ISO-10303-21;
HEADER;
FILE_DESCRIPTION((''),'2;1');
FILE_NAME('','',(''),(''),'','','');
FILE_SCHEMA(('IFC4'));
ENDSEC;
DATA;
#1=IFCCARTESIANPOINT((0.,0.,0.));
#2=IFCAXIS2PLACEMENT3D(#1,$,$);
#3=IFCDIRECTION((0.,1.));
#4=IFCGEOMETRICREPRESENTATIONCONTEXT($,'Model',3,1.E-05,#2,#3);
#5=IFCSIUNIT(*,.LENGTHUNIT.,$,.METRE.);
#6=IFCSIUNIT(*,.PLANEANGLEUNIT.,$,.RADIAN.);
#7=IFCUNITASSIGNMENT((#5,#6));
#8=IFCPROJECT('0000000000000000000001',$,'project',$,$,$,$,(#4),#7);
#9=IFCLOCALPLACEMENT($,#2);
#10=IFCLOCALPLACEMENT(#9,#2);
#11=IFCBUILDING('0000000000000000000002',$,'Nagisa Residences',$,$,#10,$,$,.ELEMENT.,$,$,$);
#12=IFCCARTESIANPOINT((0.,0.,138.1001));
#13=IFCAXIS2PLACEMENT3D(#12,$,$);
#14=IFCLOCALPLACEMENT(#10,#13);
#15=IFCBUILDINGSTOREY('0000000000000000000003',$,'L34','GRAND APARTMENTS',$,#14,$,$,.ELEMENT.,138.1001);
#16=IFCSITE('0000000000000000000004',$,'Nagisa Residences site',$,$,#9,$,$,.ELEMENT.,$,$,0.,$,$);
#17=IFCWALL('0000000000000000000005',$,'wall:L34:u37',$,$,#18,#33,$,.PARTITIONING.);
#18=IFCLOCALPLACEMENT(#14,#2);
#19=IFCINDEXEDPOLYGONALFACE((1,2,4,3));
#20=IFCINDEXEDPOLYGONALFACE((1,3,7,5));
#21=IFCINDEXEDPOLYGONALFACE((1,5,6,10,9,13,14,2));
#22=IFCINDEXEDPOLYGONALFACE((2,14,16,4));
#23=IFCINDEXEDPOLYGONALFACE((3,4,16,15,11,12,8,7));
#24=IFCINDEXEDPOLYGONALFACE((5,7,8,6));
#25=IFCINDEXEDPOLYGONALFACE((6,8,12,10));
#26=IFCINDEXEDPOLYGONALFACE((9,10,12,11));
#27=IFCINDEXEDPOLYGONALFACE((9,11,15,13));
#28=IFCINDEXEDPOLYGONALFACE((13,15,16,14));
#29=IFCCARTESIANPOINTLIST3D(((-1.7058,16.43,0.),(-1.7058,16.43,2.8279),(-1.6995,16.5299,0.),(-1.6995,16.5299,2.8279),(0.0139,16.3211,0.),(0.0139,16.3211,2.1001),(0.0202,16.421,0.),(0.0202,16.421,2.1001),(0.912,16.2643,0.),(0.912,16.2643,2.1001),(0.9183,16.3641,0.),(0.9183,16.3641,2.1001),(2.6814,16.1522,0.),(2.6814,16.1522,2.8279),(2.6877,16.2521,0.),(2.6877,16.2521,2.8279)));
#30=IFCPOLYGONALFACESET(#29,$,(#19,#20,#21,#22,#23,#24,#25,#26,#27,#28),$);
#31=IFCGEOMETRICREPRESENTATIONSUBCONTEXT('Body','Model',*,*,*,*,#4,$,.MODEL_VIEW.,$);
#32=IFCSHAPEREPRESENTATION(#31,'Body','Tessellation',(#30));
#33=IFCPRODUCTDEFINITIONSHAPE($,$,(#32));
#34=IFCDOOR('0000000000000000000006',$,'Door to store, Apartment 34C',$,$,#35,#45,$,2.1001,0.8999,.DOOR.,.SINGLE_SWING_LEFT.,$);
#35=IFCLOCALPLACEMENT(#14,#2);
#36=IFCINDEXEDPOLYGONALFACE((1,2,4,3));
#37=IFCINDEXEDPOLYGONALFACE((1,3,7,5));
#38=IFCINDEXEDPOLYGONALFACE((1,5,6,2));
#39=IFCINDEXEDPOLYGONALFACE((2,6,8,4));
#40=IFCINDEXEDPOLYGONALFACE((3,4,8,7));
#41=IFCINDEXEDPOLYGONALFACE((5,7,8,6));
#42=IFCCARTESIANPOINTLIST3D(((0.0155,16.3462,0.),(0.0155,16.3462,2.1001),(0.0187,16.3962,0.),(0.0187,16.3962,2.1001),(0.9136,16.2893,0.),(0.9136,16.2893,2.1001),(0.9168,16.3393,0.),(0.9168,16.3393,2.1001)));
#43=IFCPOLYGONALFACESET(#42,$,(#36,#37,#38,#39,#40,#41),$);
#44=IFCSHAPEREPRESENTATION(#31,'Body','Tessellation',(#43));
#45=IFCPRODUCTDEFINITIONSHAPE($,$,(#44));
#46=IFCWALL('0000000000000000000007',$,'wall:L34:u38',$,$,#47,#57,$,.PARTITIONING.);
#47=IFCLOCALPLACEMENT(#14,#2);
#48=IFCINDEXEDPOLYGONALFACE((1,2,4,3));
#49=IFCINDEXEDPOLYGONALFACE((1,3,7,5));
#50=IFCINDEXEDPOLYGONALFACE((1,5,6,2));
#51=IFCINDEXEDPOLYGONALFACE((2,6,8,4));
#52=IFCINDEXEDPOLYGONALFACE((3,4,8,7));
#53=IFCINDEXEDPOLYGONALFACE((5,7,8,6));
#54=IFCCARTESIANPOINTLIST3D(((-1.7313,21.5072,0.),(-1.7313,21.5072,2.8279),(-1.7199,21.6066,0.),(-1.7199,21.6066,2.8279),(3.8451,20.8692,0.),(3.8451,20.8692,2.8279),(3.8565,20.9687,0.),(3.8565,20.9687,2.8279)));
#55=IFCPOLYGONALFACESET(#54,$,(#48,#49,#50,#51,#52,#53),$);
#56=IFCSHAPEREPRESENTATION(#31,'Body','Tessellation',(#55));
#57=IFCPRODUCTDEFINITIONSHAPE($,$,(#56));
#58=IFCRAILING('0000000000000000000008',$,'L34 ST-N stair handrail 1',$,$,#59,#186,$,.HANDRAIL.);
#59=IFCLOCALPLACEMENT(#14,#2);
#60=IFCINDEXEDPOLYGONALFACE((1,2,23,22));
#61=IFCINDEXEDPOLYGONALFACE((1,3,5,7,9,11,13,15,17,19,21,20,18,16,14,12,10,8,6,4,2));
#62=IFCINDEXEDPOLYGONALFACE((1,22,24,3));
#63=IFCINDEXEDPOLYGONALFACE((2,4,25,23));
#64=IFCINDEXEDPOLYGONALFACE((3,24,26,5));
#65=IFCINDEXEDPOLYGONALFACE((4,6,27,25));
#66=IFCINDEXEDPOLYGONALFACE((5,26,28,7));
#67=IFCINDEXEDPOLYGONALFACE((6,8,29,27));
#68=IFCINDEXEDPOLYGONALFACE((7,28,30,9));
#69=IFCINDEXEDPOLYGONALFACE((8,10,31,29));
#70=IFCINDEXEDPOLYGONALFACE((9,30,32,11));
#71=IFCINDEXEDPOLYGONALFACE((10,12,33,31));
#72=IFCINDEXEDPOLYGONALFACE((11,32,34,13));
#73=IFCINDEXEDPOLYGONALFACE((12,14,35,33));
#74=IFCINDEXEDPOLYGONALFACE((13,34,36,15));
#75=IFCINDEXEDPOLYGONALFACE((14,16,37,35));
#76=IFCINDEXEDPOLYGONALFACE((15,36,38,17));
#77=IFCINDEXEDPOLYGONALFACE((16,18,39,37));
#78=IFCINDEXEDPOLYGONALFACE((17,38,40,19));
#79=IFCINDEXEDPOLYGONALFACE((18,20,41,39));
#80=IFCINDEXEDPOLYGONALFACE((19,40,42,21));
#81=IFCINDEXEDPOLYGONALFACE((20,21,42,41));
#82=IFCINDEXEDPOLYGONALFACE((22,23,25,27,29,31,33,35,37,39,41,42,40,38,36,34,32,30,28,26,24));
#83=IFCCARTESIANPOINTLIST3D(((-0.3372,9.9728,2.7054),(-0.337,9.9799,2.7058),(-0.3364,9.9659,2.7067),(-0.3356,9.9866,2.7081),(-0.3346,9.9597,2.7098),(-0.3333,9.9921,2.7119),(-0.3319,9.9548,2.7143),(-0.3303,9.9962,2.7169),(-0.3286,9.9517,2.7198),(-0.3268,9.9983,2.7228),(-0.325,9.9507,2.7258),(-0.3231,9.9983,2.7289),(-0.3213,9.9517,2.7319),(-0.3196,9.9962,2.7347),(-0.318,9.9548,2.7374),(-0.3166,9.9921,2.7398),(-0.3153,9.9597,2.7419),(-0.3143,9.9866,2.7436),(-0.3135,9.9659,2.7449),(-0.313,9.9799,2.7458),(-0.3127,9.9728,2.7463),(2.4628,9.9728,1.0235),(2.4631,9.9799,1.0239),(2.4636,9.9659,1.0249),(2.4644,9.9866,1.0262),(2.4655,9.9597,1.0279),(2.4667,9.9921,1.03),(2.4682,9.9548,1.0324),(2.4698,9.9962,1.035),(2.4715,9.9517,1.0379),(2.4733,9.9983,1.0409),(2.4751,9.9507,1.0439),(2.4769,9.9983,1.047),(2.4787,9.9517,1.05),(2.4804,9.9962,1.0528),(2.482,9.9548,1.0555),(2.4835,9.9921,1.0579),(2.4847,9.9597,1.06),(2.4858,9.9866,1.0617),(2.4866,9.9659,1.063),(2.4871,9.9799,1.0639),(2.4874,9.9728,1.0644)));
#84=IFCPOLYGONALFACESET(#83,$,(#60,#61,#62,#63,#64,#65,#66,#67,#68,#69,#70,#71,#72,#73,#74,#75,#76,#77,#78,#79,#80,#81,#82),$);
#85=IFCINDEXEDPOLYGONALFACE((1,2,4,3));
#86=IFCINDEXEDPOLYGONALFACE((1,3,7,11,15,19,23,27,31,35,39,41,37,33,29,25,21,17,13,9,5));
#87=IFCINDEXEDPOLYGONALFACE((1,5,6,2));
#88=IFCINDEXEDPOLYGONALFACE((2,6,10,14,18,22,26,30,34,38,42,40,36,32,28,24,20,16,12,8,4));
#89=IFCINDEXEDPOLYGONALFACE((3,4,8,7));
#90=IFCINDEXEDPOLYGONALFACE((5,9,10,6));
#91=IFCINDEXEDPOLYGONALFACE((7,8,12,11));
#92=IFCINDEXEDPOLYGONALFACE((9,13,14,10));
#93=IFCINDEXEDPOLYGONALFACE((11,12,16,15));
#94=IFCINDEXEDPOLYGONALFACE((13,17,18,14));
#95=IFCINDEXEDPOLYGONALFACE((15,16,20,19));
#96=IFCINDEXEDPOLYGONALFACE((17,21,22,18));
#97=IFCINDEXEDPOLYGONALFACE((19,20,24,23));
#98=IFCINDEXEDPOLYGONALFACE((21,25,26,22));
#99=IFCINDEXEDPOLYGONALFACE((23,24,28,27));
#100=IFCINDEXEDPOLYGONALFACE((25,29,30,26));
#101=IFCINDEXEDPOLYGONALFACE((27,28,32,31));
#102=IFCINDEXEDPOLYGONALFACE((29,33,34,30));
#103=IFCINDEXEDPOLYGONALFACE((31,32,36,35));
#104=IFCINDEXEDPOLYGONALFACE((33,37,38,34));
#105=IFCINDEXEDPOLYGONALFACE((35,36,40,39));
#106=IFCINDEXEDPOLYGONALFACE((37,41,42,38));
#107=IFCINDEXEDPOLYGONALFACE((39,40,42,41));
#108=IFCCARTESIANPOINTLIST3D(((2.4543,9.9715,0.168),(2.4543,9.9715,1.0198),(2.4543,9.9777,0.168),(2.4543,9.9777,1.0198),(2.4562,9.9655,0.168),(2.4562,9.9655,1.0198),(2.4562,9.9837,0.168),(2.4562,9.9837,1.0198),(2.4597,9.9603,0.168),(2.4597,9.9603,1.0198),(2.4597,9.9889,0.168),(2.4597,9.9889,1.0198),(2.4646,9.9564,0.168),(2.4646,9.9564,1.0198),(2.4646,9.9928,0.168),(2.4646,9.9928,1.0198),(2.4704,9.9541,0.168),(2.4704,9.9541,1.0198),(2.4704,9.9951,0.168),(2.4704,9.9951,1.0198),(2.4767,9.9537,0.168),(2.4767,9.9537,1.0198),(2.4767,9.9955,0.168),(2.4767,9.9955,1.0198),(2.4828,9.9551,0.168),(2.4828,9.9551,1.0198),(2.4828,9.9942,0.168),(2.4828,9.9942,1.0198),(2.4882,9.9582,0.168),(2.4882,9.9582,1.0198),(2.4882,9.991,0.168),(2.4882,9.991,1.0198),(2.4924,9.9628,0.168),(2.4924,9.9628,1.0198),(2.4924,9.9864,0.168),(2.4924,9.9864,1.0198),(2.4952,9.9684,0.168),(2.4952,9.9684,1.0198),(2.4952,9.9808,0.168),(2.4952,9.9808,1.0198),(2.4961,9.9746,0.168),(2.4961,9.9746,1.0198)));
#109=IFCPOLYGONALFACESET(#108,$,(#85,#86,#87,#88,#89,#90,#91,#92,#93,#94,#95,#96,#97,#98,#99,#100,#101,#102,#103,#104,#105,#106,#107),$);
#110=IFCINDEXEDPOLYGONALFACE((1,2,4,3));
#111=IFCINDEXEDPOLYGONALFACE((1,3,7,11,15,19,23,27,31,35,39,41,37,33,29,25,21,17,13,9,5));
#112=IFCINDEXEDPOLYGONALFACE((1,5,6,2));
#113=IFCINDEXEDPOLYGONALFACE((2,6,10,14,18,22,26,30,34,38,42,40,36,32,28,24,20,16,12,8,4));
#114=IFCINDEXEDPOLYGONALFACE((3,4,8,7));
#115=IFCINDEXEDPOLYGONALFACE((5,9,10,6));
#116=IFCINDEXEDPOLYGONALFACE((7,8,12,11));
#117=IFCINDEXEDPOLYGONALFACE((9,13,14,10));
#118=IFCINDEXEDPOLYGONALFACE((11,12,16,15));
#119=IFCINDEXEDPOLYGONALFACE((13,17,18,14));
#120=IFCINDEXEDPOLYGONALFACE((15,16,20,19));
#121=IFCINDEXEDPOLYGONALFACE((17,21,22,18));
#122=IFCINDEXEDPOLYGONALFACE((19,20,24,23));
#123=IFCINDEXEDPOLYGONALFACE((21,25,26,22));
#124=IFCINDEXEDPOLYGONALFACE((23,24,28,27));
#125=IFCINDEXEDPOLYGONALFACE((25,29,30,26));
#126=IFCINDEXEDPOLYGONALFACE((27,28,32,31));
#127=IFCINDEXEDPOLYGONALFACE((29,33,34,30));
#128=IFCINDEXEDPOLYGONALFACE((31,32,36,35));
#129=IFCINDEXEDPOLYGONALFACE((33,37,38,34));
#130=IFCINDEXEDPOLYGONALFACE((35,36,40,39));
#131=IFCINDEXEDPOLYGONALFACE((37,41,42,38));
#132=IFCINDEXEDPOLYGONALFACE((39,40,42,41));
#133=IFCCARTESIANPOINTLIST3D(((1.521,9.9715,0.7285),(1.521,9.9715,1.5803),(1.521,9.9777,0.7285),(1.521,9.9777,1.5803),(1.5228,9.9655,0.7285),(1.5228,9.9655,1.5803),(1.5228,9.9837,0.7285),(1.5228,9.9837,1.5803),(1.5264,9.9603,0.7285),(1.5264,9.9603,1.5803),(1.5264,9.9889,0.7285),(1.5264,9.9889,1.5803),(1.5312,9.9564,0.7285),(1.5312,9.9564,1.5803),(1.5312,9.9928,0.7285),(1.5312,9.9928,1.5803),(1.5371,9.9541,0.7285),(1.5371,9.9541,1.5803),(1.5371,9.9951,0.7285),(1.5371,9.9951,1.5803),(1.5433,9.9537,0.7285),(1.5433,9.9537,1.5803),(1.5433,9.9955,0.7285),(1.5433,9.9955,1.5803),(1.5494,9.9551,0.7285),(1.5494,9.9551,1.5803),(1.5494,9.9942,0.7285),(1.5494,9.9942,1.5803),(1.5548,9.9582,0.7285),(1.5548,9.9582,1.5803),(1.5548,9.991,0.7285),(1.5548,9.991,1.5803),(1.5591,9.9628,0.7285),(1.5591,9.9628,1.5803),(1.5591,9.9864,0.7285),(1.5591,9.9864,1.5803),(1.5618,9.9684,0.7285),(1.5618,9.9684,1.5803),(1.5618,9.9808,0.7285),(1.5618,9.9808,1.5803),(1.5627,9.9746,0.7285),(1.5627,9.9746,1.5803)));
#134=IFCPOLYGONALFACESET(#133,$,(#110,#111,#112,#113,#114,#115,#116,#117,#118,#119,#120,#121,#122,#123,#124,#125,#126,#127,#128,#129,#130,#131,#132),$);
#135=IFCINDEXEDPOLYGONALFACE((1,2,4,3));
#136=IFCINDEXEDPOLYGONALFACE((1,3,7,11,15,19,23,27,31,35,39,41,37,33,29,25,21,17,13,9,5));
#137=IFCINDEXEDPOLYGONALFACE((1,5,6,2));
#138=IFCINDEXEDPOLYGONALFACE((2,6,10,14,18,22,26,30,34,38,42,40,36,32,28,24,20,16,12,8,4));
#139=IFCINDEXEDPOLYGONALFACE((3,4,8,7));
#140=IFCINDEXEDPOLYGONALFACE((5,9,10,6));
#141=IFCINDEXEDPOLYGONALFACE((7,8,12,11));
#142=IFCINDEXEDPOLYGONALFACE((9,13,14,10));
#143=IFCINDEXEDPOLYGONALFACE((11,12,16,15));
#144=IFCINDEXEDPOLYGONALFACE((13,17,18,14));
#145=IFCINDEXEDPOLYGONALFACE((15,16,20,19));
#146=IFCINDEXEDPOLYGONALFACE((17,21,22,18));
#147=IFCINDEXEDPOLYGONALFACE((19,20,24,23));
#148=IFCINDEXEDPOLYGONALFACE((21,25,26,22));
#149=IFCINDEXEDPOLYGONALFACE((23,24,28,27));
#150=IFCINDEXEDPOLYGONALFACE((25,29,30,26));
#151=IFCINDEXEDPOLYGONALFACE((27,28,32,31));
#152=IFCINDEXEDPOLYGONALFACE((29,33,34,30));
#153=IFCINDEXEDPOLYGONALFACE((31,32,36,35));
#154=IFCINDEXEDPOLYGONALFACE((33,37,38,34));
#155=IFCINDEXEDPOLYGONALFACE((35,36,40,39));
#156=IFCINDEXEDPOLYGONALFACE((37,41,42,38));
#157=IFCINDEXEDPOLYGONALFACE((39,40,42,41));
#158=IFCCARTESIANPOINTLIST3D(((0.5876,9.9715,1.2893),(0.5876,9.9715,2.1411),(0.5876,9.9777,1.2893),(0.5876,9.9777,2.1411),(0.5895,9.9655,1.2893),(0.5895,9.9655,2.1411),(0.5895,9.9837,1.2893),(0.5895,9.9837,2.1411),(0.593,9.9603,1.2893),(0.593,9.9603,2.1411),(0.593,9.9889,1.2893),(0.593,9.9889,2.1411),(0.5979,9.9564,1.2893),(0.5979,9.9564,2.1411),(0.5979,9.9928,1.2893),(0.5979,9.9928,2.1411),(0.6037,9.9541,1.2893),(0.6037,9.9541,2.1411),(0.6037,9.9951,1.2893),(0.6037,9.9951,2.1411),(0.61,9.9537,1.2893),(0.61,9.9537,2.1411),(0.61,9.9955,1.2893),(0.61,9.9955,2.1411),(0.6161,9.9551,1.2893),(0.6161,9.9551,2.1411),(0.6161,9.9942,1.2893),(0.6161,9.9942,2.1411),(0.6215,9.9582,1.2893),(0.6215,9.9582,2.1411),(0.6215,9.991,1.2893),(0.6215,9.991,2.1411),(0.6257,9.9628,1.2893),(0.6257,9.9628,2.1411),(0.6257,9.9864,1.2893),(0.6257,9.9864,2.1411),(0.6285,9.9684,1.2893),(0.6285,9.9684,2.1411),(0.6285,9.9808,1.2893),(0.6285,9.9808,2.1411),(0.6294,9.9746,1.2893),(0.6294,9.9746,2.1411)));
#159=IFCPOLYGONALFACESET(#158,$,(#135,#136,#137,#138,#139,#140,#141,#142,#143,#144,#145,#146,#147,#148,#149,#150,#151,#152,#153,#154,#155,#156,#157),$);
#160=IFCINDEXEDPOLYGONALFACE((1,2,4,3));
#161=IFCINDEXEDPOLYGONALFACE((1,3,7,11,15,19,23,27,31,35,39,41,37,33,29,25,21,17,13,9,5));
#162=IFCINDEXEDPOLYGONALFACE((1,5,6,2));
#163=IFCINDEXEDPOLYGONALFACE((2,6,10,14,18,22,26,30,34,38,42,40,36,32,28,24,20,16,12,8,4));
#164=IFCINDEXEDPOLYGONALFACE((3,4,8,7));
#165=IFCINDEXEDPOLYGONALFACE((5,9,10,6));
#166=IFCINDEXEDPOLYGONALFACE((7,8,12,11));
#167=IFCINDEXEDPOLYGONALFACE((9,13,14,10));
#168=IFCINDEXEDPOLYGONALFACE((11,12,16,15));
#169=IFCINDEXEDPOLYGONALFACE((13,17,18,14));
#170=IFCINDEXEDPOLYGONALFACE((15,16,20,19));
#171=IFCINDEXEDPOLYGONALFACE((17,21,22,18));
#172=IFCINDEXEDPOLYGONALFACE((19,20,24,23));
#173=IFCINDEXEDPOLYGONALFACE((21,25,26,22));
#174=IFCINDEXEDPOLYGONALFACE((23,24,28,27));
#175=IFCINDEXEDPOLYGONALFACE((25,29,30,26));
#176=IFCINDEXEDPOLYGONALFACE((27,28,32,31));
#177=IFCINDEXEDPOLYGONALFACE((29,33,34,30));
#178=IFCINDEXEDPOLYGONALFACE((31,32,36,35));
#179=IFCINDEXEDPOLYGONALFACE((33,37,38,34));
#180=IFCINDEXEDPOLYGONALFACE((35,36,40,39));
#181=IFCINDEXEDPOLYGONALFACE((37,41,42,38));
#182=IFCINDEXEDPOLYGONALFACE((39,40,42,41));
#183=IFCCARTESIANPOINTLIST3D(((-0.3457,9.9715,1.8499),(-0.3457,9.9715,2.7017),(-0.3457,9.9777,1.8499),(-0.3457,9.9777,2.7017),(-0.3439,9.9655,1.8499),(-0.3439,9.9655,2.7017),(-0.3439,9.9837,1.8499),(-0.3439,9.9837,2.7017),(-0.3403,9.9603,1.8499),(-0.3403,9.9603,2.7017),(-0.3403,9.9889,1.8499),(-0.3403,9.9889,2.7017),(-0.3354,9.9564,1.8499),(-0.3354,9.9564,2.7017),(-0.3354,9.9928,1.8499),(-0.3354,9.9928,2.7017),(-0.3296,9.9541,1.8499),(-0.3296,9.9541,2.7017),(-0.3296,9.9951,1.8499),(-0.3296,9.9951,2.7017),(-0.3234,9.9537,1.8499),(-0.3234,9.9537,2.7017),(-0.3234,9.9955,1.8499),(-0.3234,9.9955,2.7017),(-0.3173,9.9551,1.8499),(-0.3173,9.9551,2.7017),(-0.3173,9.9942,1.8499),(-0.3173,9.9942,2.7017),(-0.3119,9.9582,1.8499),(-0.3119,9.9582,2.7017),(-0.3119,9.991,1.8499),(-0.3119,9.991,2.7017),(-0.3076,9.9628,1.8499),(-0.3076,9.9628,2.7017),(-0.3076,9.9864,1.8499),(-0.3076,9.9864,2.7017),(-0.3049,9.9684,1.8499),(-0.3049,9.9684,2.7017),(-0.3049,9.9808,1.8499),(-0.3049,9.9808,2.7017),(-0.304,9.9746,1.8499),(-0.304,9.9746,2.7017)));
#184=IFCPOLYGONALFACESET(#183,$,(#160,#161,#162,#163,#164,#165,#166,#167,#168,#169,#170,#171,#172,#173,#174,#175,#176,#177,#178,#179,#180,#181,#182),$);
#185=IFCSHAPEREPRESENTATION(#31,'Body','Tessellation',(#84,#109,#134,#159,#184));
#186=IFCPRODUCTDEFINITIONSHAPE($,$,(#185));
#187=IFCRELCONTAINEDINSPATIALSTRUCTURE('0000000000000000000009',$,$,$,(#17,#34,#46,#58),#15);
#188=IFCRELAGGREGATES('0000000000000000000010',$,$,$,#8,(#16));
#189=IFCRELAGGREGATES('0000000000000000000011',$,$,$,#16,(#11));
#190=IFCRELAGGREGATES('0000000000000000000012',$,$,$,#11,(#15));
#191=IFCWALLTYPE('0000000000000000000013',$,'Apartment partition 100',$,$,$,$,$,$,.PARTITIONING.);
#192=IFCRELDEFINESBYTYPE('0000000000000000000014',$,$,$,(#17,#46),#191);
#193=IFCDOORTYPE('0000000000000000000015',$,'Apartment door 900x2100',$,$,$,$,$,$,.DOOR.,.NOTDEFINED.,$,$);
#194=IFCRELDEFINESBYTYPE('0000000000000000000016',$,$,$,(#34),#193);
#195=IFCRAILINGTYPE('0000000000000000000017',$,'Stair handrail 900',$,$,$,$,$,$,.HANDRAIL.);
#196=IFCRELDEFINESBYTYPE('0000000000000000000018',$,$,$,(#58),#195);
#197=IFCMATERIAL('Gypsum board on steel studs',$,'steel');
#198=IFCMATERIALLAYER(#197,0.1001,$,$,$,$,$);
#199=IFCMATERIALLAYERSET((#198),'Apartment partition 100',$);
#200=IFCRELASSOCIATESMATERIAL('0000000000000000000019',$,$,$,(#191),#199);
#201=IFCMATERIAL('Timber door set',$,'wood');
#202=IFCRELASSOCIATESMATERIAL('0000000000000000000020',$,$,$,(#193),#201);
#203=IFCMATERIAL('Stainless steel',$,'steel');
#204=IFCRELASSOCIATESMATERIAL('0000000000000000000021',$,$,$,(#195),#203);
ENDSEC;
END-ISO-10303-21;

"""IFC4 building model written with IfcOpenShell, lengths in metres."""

from ifc_helpers import new_model, si_unit, direction, frame, frame_2d, origin, origin_2d, place, context, subcontext, project, spatial, rectangle, circle, extrude, material, layer, layer_set, type_object, element, fill, save


model = new_model("IFC4")

# Units and contexts
model_context = context("Model", 3, precision=1e-05, world=origin(), true_north=direction((0.0, 1.0)))
body_context = subcontext(model_context, "Body", "Model", "MODEL_VIEW")
ifc_project = project(units=[si_unit("LENGTHUNIT", "METRE"), si_unit("PLANEANGLEUNIT", "RADIAN")], contexts=[model_context])

# Site, building, storey
site_placement = place(None, origin())
site = spatial("IfcSite", under=ifc_project, at=site_placement, Name="Nagisa Residences site", CompositionType="ELEMENT", RefElevation=0.0)
building_placement = place(site_placement, origin())
building = spatial("IfcBuilding", under=site, at=building_placement, Name="Nagisa Residences", CompositionType="ELEMENT")
storey_placement = place(building_placement, frame((0.0, 0.0, 138.1001)))
storey = spatial("IfcBuildingStorey", under=building, at=storey_placement, Name="L34", Description="GRAND APARTMENTS", CompositionType="ELEMENT", Elevation=138.1001)

# Shared definitions
ifc_material_1 = material(Name="Gypsum board on steel studs", Category="steel")
ifc_layer_1 = layer(ifc_material_1, 0.1001)
ifc_layer_set_1 = layer_set([ifc_layer_1], Name="Apartment partition 100")
wall_type_1 = type_object("IfcWallType", Name="Apartment partition 100", PredefinedType="PARTITIONING", material=ifc_layer_set_1)
ifc_material_2 = material(Name="Timber door set", Category="wood")
door_type_1 = type_object("IfcDoorType", Name="Apartment door 900x2100", OperationType="NOTDEFINED", PredefinedType="DOOR", material=ifc_material_2)

# Wall, opening, door
wall_1_placement = place(storey_placement, frame((2.6846, 16.2021, 0.0), z_axis=(0.0, 0.0, 1.0), x_axis=(-0.998001, 0.063201, 0.0)))
wall_1 = element("IfcWall", 1, at=wall_1_placement, inside=storey, type_object=wall_type_1, Name="wall:L34:u37", PredefinedType="PARTITIONING", context=body_context, shape_type="SweptSolid", body=[
    extrude(rectangle(XDim=4.396, YDim=0.1001, at=frame_2d((2.198, 0.0))), origin(), (0.0, 0.0, 1.0), 2.8279),
])
opening_1_placement = place(wall_1_placement, frame((1.7729, 0.0, 0.0)))
opening_1 = element("IfcOpeningElement", 2, at=opening_1_placement, cuts=wall_1, PredefinedType="OPENING", context=body_context, shape_type="SweptSolid", body=[
    extrude(rectangle(XDim=0.8999, YDim=2.1001, at=frame_2d((0.45, 1.05))), frame((0.0, 0.0601, 0.0), z_axis=(0.0, -1.0, 0.0), x_axis=(1.0, 0.0, 0.0)), (0.0, 0.0, 1.0), 0.1201),
])
door_1_placement = place(opening_1_placement, origin())
door_1 = element("IfcDoor", 3, at=door_1_placement, inside=storey, type_object=door_type_1, Name="Door to store, Apartment 34C", OperationType="SINGLE_SWING_LEFT", OverallHeight=2.1001, OverallWidth=0.8999, PredefinedType="DOOR", context=body_context, shape_type="SweptSolid", body=[
    extrude(rectangle(XDim=0.8999, YDim=2.1001, at=frame_2d((0.45, 1.05))), frame((0.0, 0.0249, 0.0), z_axis=(0.0, -1.0, 0.0), x_axis=(1.0, 0.0, 0.0)), (0.0, 0.0, 1.0), 0.05),
])
fill(opening_1, door_1)

# Wall
wall_2_placement = place(storey_placement, frame((3.8508, 20.9189, 0.0), z_axis=(0.0, 0.0, 1.0), x_axis=(-0.99352, 0.113658, 0.0)))
element("IfcWall", 4, at=wall_2_placement, inside=storey, type_object=wall_type_1, Name="wall:L34:u38", PredefinedType="PARTITIONING", context=body_context, shape_type="SweptSolid", body=[
    extrude(rectangle(XDim=5.6128, YDim=0.1001, at=frame_2d((2.8064, 0.0))), origin(), (0.0, 0.0, 1.0), 2.8279),
])

# Railing
ifc_material_3 = material(Name="Stainless steel", Category="steel")
railing_type_1 = type_object("IfcRailingType", Name="Stair handrail 900", PredefinedType="HANDRAIL", material=ifc_material_3)
railing_1_placement = place(storey_placement, frame((2.4751, 9.9746, 0.168)))
element("IfcRailing", 5, at=railing_1_placement, inside=storey, type_object=railing_type_1, Name="L34 ST-N stair handrail 1", PredefinedType="HANDRAIL", context=body_context, shape_type="SweptSolid", body=[
    extrude(circle(Radius=0.0239, at=origin_2d()), frame((0.0, 0.0, 0.876), z_axis=(-0.857242, 0.0, 0.514913), x_axis=(0.0, -1.0, 0.0)), (0.0, 0.0, 1.0), 3.2664),
    extrude(circle(Radius=0.021, at=origin_2d()), origin(), (0.0, 0.0, 1.0), 0.8518),
    extrude(circle(Radius=0.021, at=origin_2d()), frame((-0.9333, 0.0, 0.5605)), (0.0, 0.0, 1.0), 0.8518),
    extrude(circle(Radius=0.021, at=origin_2d()), frame((-1.8667, 0.0, 1.1213)), (0.0, 0.0, 1.0), 0.8518),
    extrude(circle(Radius=0.021, at=origin_2d()), frame((-2.8, 0.0, 1.6819)), (0.0, 0.0, 1.0), 0.8518),
])

save(model, "model.ifc")
